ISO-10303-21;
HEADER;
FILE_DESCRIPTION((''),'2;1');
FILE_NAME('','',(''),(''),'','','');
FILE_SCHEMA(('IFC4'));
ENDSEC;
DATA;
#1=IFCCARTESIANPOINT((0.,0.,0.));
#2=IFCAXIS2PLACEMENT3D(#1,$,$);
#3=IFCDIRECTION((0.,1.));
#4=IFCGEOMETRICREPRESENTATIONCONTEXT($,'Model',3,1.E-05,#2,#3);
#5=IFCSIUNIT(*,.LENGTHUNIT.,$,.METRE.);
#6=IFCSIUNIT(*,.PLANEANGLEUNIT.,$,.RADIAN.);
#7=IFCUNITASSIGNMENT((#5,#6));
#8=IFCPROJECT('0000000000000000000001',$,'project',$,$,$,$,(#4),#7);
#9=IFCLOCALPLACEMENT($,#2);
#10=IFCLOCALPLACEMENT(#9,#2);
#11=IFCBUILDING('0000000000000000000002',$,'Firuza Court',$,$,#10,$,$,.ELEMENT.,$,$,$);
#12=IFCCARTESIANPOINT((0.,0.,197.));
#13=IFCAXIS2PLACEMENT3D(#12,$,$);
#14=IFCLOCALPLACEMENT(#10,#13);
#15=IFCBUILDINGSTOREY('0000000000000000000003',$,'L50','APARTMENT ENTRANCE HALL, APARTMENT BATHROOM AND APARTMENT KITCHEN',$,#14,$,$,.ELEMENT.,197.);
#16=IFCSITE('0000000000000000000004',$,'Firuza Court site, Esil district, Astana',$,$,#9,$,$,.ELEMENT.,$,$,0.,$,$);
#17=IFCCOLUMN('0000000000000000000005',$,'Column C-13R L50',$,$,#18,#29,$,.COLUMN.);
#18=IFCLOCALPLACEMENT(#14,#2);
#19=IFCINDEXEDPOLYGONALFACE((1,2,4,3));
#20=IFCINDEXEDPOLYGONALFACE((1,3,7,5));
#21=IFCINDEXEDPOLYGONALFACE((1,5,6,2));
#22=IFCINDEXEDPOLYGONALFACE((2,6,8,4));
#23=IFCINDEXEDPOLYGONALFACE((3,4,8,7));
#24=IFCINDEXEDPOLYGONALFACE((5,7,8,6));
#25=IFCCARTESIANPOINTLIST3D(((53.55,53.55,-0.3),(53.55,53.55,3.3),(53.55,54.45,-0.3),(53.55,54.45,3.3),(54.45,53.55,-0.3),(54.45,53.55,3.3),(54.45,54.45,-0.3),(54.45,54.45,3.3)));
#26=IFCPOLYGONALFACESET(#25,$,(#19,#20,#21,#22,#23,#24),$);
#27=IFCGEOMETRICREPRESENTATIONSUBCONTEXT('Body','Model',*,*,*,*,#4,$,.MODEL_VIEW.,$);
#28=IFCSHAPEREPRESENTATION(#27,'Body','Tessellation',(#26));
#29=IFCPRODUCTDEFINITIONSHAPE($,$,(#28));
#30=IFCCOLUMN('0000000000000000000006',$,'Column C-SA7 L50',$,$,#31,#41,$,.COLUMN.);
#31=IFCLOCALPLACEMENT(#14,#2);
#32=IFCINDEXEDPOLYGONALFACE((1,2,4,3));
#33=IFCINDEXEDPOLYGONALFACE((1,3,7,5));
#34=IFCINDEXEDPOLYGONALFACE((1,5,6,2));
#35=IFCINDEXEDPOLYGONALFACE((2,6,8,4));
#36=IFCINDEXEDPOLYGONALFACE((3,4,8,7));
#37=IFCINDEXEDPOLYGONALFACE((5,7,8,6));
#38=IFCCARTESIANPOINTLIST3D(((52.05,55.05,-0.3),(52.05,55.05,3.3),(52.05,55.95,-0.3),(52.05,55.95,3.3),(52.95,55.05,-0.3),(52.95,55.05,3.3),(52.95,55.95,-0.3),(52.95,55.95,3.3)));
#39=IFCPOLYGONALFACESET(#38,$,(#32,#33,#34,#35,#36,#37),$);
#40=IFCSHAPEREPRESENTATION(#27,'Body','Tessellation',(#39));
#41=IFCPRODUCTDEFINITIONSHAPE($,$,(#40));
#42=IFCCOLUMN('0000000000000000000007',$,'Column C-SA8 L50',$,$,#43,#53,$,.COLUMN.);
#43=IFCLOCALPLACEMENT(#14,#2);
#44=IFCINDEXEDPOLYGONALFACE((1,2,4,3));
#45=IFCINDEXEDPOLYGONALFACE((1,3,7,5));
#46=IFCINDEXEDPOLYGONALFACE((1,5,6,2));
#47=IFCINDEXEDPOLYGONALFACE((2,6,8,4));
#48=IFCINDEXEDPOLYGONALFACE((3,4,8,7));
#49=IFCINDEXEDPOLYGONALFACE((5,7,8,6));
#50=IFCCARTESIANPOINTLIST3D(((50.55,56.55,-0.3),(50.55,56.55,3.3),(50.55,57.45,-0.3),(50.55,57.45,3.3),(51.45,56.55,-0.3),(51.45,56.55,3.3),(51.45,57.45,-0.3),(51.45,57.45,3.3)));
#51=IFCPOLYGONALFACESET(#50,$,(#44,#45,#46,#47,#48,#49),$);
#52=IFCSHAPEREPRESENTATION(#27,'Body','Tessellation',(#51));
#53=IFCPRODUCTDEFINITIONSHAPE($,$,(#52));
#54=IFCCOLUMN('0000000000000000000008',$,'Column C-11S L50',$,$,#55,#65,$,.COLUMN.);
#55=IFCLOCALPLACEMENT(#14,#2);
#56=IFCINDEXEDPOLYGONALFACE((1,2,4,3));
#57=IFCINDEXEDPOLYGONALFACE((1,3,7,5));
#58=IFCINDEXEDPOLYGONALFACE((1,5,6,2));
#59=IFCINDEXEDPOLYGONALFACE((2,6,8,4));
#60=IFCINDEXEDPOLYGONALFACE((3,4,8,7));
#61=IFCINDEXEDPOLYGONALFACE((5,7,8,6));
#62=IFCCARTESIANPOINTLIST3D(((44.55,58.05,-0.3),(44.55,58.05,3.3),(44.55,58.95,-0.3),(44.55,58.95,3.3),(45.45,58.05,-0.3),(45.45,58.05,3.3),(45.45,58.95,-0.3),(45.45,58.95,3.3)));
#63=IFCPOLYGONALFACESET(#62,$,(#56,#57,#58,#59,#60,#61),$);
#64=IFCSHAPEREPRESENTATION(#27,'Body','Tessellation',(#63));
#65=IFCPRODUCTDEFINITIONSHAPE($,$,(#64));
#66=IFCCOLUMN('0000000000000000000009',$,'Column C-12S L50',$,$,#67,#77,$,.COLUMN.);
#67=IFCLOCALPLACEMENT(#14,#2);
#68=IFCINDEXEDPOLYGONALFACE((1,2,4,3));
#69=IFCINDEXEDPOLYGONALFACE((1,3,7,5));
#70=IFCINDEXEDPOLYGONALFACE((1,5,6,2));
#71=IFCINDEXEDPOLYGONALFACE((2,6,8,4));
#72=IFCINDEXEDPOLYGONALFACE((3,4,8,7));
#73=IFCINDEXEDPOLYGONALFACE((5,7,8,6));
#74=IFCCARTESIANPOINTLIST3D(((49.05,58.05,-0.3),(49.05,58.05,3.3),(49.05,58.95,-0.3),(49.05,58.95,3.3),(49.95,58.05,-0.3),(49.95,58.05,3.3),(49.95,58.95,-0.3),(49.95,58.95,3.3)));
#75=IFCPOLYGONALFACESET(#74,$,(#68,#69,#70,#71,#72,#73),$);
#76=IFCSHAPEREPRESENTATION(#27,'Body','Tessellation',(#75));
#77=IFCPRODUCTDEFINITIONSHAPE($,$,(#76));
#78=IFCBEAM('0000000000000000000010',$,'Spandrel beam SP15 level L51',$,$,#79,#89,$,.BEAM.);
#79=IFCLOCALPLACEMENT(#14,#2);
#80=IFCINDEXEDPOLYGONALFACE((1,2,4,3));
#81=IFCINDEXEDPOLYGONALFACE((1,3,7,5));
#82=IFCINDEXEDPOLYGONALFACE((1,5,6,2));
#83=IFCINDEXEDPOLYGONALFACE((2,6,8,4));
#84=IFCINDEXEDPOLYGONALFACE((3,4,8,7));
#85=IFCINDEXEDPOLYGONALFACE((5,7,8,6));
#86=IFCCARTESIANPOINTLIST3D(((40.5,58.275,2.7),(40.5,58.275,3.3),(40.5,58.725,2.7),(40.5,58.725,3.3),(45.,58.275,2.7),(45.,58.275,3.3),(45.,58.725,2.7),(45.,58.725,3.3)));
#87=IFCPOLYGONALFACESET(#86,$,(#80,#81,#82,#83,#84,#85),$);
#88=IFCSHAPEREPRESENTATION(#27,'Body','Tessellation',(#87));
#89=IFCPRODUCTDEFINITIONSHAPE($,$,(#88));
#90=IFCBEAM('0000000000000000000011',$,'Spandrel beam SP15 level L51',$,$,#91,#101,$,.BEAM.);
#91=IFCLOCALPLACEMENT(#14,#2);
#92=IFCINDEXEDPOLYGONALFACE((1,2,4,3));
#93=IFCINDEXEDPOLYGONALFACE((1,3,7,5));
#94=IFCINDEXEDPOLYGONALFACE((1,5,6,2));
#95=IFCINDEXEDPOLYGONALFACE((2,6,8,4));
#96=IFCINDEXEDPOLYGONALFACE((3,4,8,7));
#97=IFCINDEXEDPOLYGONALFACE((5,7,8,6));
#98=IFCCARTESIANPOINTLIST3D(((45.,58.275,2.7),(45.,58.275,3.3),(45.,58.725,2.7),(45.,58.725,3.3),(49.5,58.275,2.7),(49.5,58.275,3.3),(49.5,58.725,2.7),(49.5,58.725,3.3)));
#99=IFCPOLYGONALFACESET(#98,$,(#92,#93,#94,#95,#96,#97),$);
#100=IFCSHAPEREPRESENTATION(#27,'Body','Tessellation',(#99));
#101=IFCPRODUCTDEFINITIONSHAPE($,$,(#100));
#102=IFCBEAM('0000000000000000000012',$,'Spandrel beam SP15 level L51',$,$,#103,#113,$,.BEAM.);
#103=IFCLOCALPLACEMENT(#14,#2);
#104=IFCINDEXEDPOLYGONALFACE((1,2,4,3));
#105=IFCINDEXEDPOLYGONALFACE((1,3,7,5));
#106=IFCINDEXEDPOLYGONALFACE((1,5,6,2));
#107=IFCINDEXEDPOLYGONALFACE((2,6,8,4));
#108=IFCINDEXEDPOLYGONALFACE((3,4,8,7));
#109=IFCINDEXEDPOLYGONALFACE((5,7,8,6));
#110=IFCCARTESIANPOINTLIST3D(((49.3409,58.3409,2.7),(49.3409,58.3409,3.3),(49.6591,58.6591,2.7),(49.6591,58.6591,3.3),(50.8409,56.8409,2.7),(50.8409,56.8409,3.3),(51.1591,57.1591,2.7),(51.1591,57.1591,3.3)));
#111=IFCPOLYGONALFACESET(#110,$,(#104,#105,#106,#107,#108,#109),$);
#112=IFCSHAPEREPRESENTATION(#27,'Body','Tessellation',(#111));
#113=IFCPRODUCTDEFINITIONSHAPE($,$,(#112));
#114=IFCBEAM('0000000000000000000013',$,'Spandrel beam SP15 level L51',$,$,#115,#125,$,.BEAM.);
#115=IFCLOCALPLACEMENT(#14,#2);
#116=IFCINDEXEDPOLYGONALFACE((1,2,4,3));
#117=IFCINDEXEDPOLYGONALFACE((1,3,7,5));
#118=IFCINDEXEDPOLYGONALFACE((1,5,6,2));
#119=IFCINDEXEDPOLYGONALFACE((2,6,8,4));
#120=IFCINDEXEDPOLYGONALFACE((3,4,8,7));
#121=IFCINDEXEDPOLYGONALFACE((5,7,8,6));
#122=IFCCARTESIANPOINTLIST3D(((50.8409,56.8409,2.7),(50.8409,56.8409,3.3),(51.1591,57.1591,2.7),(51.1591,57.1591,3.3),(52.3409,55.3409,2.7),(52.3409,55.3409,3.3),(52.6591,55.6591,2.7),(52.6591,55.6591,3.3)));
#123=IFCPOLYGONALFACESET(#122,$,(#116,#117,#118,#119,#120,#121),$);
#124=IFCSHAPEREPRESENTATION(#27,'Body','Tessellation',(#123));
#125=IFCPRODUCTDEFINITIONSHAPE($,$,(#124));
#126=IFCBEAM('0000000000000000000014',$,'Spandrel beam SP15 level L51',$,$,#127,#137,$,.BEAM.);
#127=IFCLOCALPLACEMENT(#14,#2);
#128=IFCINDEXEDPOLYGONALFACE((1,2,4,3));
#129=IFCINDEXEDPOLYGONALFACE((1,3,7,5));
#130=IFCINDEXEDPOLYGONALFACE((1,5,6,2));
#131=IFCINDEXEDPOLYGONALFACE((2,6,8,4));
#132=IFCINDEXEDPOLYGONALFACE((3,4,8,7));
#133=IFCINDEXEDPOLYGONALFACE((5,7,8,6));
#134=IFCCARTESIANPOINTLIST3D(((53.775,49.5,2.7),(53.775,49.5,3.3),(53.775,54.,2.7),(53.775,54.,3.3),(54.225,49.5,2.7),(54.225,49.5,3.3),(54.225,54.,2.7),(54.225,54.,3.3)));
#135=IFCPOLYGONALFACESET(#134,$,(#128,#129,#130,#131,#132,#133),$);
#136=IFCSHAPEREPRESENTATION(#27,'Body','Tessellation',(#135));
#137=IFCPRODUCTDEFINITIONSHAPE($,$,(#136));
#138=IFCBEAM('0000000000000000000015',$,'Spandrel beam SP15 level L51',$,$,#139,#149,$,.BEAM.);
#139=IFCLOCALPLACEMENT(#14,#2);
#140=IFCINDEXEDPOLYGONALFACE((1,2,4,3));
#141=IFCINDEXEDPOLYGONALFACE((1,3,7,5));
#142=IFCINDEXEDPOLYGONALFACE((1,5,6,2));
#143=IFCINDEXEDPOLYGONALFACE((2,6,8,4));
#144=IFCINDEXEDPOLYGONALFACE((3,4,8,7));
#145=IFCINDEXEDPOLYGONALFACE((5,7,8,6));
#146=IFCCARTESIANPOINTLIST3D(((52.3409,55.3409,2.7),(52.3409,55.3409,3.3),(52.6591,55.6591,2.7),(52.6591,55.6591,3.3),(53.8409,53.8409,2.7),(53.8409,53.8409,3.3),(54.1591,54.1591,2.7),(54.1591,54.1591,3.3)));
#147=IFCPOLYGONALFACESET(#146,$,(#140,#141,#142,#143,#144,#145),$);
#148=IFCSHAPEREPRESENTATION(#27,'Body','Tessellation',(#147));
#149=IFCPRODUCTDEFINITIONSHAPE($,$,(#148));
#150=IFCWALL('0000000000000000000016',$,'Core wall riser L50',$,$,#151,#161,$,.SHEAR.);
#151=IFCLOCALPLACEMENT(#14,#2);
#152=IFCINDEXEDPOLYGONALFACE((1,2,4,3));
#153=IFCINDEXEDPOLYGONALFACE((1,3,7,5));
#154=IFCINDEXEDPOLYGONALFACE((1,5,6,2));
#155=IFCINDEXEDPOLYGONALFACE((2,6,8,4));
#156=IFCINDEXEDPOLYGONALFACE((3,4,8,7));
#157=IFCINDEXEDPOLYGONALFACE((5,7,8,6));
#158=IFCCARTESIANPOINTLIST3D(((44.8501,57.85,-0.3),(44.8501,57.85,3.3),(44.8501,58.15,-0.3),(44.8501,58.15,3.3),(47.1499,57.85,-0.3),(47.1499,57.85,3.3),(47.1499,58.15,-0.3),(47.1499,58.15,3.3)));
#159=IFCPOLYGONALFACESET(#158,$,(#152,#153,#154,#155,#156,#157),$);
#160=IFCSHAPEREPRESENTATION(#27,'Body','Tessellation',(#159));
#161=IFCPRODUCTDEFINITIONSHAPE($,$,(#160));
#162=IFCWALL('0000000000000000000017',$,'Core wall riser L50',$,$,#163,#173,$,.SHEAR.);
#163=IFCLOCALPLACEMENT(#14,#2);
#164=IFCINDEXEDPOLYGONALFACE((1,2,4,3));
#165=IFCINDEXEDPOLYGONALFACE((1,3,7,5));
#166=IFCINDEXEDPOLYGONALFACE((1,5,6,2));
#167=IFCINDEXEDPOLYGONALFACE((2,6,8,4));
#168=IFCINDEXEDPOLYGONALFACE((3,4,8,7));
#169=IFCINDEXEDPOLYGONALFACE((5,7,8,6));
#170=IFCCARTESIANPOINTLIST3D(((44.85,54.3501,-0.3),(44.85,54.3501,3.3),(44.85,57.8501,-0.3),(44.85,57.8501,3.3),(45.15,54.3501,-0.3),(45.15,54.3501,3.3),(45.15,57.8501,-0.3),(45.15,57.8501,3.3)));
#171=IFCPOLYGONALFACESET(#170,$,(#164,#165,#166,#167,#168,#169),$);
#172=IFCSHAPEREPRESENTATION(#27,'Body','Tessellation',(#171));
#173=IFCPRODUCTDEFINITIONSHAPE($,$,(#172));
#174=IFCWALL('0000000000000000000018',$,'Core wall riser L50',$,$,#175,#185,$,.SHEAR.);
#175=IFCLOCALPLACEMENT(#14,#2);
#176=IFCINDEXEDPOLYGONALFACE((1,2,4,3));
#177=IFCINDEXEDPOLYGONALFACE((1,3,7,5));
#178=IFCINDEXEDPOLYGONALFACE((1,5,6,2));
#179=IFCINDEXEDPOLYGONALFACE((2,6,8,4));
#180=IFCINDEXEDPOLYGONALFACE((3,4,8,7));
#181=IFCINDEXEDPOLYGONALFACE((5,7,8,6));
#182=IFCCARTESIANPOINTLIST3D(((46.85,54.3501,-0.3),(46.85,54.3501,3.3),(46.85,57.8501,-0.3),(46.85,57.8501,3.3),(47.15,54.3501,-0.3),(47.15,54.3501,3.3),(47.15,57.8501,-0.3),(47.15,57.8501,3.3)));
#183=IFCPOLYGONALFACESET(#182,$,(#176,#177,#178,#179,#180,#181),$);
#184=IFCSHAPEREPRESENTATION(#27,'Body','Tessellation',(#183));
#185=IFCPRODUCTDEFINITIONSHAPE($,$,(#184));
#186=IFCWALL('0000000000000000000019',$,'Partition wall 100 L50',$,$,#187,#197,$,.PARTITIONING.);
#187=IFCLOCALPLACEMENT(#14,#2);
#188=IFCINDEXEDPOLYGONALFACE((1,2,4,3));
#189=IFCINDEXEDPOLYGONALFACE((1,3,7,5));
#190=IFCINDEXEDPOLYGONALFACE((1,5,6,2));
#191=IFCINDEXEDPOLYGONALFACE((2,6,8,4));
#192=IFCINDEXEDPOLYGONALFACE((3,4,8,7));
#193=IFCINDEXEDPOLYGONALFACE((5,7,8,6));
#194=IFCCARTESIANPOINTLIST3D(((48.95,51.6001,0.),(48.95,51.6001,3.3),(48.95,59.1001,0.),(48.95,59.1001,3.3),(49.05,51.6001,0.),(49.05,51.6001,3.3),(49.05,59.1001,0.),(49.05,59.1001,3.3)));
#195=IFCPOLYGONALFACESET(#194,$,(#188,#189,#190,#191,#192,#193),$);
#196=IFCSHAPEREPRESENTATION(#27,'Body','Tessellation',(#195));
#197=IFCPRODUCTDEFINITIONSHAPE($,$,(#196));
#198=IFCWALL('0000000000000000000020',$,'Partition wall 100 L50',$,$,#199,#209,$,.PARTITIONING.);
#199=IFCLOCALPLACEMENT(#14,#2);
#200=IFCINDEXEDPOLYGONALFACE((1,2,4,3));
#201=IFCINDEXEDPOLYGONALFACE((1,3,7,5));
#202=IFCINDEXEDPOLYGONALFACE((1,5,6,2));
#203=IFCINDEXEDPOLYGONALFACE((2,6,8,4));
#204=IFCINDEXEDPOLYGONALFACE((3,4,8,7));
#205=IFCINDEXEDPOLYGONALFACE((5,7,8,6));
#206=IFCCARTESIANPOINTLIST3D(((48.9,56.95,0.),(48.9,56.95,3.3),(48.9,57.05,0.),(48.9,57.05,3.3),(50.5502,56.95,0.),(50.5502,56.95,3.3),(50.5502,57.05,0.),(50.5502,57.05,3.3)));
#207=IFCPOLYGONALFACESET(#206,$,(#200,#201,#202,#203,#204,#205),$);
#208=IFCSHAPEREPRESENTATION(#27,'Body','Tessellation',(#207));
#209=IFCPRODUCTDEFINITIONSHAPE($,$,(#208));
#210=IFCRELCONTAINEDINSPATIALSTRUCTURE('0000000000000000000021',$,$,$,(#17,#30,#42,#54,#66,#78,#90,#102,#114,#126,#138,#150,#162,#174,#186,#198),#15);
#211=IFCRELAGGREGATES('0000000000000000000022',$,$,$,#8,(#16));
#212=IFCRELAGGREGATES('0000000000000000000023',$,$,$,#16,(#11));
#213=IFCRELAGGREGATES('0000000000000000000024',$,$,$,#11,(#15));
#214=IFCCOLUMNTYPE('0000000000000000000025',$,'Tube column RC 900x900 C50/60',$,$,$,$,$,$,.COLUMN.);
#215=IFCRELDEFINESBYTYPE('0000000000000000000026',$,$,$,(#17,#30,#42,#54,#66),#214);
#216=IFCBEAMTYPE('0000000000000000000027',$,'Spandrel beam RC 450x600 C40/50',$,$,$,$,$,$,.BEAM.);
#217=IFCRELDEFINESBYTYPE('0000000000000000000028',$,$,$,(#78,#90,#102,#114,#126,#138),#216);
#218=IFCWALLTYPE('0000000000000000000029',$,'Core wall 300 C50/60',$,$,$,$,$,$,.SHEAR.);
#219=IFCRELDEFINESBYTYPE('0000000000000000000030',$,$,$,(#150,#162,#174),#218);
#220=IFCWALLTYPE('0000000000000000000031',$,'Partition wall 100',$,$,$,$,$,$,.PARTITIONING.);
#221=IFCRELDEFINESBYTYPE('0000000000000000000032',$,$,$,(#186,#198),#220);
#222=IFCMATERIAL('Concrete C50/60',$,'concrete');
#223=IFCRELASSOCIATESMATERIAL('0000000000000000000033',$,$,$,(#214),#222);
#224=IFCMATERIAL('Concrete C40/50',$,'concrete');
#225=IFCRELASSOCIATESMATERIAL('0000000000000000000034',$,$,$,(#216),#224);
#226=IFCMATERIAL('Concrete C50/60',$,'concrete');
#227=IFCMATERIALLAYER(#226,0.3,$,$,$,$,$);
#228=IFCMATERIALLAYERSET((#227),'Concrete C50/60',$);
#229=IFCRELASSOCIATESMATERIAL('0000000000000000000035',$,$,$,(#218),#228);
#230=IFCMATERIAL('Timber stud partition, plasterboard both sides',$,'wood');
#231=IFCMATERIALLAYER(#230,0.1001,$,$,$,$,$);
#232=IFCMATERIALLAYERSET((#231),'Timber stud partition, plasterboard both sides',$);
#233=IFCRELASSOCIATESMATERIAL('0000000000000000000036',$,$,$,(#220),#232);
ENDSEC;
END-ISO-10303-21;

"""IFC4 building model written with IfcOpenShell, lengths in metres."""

from ifc_helpers import new_model, si_unit, direction, frame, frame_2d, origin, origin_2d, place, context, subcontext, project, spatial, rectangle, extrude, material, layer, layer_set, material_profile, profile_set, type_object, element, save


model = new_model("IFC4")

# Units and contexts
model_context = context("Model", 3, precision=1e-05, world=origin(), true_north=direction((0.0, 1.0)))
body_context = subcontext(model_context, "Body", "Model", "MODEL_VIEW")
ifc_project = project(units=[si_unit("LENGTHUNIT", "METRE"), si_unit("PLANEANGLEUNIT", "RADIAN")], contexts=[model_context])

# Site, building, storey
site_placement = place(None, origin())
site = spatial("IfcSite", under=ifc_project, at=site_placement, Name="Firuza Court site, Esil district, Astana", CompositionType="ELEMENT", RefElevation=0.0)
building_placement = place(site_placement, origin())
building = spatial("IfcBuilding", under=site, at=building_placement, Name="Firuza Court", CompositionType="ELEMENT")
storey_placement = place(building_placement, frame((0.0, 0.0, 197.0)))
storey = spatial("IfcBuildingStorey", under=building, at=storey_placement, Name="L50", Description="APARTMENT ENTRANCE HALL, APARTMENT BATHROOM AND APARTMENT KITCHEN", CompositionType="ELEMENT", Elevation=197.0)

# Columns
ifc_material_1 = material(Name="Concrete C50/60", Category="concrete")
ifc_material_profile_1 = material_profile(ifc_material_1, rectangle(XDim=0.8999, YDim=0.8999, at=origin_2d()), Name="RC 900x900")
ifc_profile_set_1 = profile_set([ifc_material_profile_1], Name="Concrete C50/60")
column_type = type_object("IfcColumnType", Name="Tube column RC 900x900 C50/60", PredefinedType="COLUMN", material=ifc_profile_set_1)
for number, where, z_axis, x_axis, name in (
    (1, (54.0, 54.0, -0.3), (0.0, 0.0, 1.0), (1.0, 0.0, 0.0), "Column C-13R L50"),
    (2, (52.5, 55.5, -0.3), (0.0, 0.0, 1.0), (1.0, 0.0, 0.0), "Column C-SA7 L50"),
    (3, (51.0, 57.0, -0.3), (0.0, 0.0, 1.0), (1.0, 0.0, 0.0), "Column C-SA8 L50"),
    (4, (45.0, 58.5, -0.3), (0.0, 0.0, 1.0), (1.0, 0.0, 0.0), "Column C-11S L50"),
    (5, (49.5, 58.5, -0.3), (0.0, 0.0, 1.0), (1.0, 0.0, 0.0), "Column C-12S L50"),
):
    element("IfcColumn", number, at=place(storey_placement, frame(where, z_axis=z_axis, x_axis=x_axis)), inside=storey, type_object=column_type, Name=name, PredefinedType="COLUMN", context=body_context, shape_type="SweptSolid", body=[
        extrude(rectangle(XDim=0.8999, YDim=0.8999, at=origin_2d()), origin(), (0.0, 0.0, 1.0), 3.6001),
    ])

# Beams
ifc_material_2 = material(Name="Concrete C40/50", Category="concrete")
ifc_material_profile_2 = material_profile(ifc_material_2, rectangle(XDim=0.45, YDim=0.6001, at=origin_2d()), Name="RC 450x600")
ifc_profile_set_2 = profile_set([ifc_material_profile_2], Name="Concrete C40/50")
beam_type = type_object("IfcBeamType", Name="Spandrel beam RC 450x600 C40/50", PredefinedType="BEAM", material=ifc_profile_set_2)
for number, where, z_axis, x_axis, name in (
    (6, (45.0, 58.5, 3.0), (-1.0, 0.0, 0.0), (0.0, -1.0, 0.0), "Spandrel beam SP15 level L51"),
    (7, (49.5, 58.5, 3.0), (-1.0, 0.0, 0.0), (0.0, -1.0, 0.0), "Spandrel beam SP15 level L51"),
):
    element("IfcBeam", number, at=place(storey_placement, frame(where, z_axis=z_axis, x_axis=x_axis)), inside=storey, type_object=beam_type, Name=name, PredefinedType="BEAM", context=body_context, shape_type="SweptSolid", body=[
        extrude(rectangle(XDim=0.45, YDim=0.6001, at=origin_2d()), origin(), (0.0, 0.0, 1.0), 4.5),
    ])
for number, where, z_axis, x_axis, name in (
    (8, (51.0, 57.0, 3.0), (-0.707107, 0.707107, 0.0), (-0.707107, -0.707107, 0.0), "Spandrel beam SP15 level L51"),
    (9, (52.5, 55.5, 3.0), (-0.707107, 0.707107, 0.0), (-0.707107, -0.707107, 0.0), "Spandrel beam SP15 level L51"),
):
    element("IfcBeam", number, at=place(storey_placement, frame(where, z_axis=z_axis, x_axis=x_axis)), inside=storey, type_object=beam_type, Name=name, PredefinedType="BEAM", context=body_context, shape_type="SweptSolid", body=[
        extrude(rectangle(XDim=0.45, YDim=0.6001, at=origin_2d()), origin(), (0.0, 0.0, 1.0), 2.1213),
    ])
beam_1_placement = place(storey_placement, frame((54.0, 49.5, 3.0), z_axis=(0.0, 1.0, 0.0), x_axis=(-1.0, 0.0, 0.0)))
element("IfcBeam", 10, at=beam_1_placement, inside=storey, type_object=beam_type, Name="Spandrel beam SP15 level L51", PredefinedType="BEAM", context=body_context, shape_type="SweptSolid", body=[
    extrude(rectangle(XDim=0.45, YDim=0.6001, at=origin_2d()), origin(), (0.0, 0.0, 1.0), 4.5),
])
beam_2_placement = place(storey_placement, frame((54.0, 54.0, 3.0), z_axis=(-0.707107, 0.707107, 0.0), x_axis=(-0.707107, -0.707107, 0.0)))
element("IfcBeam", 11, at=beam_2_placement, inside=storey, type_object=beam_type, Name="Spandrel beam SP15 level L51", PredefinedType="BEAM", context=body_context, shape_type="SweptSolid", body=[
    extrude(rectangle(XDim=0.45, YDim=0.6001, at=origin_2d()), origin(), (0.0, 0.0, 1.0), 2.1213),
])

# Walls
ifc_material_3 = material(Name="Concrete C50/60", Category="concrete")
ifc_layer_1 = layer(ifc_material_3, 0.3)
ifc_layer_set_1 = layer_set([ifc_layer_1], Name="Concrete C50/60")
wall_type_1 = type_object("IfcWallType", Name="Core wall 300 C50/60", PredefinedType="SHEAR", material=ifc_layer_set_1)
wall_1_placement = place(storey_placement, frame((44.8501, 58.0, -0.3), z_axis=(0.0, 0.0, 1.0), x_axis=(1.0, 0.0, 0.0)))
element("IfcWall", 12, at=wall_1_placement, inside=storey, type_object=wall_type_1, Name="Core wall riser L50", PredefinedType="SHEAR", context=body_context, shape_type="SweptSolid", body=[
    extrude(rectangle(XDim=2.2998, YDim=0.3, at=frame_2d((1.1499, 0.0))), origin(), (0.0, 0.0, 1.0), 3.6001),
])
for number, where, z_axis, x_axis, name in (
    (13, (45.0, 54.3501, -0.3), (0.0, 0.0, 1.0), (0.0, 1.0, 0.0), "Core wall riser L50"),
    (14, (47.0, 54.3501, -0.3), (0.0, 0.0, 1.0), (0.0, 1.0, 0.0), "Core wall riser L50"),
):
    element("IfcWall", number, at=place(storey_placement, frame(where, z_axis=z_axis, x_axis=x_axis)), inside=storey, type_object=wall_type_1, Name=name, PredefinedType="SHEAR", context=body_context, shape_type="SweptSolid", body=[
        extrude(rectangle(XDim=3.5, YDim=0.3, at=frame_2d((1.75, 0.0))), origin(), (0.0, 0.0, 1.0), 3.6001),
    ])
ifc_material_4 = material(Name="Timber stud partition, plasterboard both sides", Category="wood")
ifc_layer_2 = layer(ifc_material_4, 0.1001)
ifc_layer_set_2 = layer_set([ifc_layer_2], Name="Timber stud partition, plasterboard both sides")
wall_type_2 = type_object("IfcWallType", Name="Partition wall 100", PredefinedType="PARTITIONING", material=ifc_layer_set_2)
wall_2_placement = place(storey_placement, frame((49.0, 51.6001, 0.0), z_axis=(0.0, 0.0, 1.0), x_axis=(0.0, 1.0, 0.0)))
element("IfcWall", 15, at=wall_2_placement, inside=storey, type_object=wall_type_2, Name="Partition wall 100 L50", PredefinedType="PARTITIONING", context=body_context, shape_type="SweptSolid", body=[
    extrude(rectangle(XDim=7.5, YDim=0.1001, at=frame_2d((3.75, 0.0))), origin(), (0.0, 0.0, 1.0), 3.3),
])
wall_3_placement = place(storey_placement, frame((48.8999, 57.0, 0.0), z_axis=(0.0, 0.0, 1.0), x_axis=(1.0, 0.0, 0.0)))
element("IfcWall", 16, at=wall_3_placement, inside=storey, type_object=wall_type_2, Name="Partition wall 100 L50", PredefinedType="PARTITIONING", context=body_context, shape_type="SweptSolid", body=[
    extrude(rectangle(XDim=1.6501, YDim=0.1001, at=frame_2d((0.8252, 0.0))), origin(), (0.0, 0.0, 1.0), 3.3),
])

save(model, "model.ifc")
